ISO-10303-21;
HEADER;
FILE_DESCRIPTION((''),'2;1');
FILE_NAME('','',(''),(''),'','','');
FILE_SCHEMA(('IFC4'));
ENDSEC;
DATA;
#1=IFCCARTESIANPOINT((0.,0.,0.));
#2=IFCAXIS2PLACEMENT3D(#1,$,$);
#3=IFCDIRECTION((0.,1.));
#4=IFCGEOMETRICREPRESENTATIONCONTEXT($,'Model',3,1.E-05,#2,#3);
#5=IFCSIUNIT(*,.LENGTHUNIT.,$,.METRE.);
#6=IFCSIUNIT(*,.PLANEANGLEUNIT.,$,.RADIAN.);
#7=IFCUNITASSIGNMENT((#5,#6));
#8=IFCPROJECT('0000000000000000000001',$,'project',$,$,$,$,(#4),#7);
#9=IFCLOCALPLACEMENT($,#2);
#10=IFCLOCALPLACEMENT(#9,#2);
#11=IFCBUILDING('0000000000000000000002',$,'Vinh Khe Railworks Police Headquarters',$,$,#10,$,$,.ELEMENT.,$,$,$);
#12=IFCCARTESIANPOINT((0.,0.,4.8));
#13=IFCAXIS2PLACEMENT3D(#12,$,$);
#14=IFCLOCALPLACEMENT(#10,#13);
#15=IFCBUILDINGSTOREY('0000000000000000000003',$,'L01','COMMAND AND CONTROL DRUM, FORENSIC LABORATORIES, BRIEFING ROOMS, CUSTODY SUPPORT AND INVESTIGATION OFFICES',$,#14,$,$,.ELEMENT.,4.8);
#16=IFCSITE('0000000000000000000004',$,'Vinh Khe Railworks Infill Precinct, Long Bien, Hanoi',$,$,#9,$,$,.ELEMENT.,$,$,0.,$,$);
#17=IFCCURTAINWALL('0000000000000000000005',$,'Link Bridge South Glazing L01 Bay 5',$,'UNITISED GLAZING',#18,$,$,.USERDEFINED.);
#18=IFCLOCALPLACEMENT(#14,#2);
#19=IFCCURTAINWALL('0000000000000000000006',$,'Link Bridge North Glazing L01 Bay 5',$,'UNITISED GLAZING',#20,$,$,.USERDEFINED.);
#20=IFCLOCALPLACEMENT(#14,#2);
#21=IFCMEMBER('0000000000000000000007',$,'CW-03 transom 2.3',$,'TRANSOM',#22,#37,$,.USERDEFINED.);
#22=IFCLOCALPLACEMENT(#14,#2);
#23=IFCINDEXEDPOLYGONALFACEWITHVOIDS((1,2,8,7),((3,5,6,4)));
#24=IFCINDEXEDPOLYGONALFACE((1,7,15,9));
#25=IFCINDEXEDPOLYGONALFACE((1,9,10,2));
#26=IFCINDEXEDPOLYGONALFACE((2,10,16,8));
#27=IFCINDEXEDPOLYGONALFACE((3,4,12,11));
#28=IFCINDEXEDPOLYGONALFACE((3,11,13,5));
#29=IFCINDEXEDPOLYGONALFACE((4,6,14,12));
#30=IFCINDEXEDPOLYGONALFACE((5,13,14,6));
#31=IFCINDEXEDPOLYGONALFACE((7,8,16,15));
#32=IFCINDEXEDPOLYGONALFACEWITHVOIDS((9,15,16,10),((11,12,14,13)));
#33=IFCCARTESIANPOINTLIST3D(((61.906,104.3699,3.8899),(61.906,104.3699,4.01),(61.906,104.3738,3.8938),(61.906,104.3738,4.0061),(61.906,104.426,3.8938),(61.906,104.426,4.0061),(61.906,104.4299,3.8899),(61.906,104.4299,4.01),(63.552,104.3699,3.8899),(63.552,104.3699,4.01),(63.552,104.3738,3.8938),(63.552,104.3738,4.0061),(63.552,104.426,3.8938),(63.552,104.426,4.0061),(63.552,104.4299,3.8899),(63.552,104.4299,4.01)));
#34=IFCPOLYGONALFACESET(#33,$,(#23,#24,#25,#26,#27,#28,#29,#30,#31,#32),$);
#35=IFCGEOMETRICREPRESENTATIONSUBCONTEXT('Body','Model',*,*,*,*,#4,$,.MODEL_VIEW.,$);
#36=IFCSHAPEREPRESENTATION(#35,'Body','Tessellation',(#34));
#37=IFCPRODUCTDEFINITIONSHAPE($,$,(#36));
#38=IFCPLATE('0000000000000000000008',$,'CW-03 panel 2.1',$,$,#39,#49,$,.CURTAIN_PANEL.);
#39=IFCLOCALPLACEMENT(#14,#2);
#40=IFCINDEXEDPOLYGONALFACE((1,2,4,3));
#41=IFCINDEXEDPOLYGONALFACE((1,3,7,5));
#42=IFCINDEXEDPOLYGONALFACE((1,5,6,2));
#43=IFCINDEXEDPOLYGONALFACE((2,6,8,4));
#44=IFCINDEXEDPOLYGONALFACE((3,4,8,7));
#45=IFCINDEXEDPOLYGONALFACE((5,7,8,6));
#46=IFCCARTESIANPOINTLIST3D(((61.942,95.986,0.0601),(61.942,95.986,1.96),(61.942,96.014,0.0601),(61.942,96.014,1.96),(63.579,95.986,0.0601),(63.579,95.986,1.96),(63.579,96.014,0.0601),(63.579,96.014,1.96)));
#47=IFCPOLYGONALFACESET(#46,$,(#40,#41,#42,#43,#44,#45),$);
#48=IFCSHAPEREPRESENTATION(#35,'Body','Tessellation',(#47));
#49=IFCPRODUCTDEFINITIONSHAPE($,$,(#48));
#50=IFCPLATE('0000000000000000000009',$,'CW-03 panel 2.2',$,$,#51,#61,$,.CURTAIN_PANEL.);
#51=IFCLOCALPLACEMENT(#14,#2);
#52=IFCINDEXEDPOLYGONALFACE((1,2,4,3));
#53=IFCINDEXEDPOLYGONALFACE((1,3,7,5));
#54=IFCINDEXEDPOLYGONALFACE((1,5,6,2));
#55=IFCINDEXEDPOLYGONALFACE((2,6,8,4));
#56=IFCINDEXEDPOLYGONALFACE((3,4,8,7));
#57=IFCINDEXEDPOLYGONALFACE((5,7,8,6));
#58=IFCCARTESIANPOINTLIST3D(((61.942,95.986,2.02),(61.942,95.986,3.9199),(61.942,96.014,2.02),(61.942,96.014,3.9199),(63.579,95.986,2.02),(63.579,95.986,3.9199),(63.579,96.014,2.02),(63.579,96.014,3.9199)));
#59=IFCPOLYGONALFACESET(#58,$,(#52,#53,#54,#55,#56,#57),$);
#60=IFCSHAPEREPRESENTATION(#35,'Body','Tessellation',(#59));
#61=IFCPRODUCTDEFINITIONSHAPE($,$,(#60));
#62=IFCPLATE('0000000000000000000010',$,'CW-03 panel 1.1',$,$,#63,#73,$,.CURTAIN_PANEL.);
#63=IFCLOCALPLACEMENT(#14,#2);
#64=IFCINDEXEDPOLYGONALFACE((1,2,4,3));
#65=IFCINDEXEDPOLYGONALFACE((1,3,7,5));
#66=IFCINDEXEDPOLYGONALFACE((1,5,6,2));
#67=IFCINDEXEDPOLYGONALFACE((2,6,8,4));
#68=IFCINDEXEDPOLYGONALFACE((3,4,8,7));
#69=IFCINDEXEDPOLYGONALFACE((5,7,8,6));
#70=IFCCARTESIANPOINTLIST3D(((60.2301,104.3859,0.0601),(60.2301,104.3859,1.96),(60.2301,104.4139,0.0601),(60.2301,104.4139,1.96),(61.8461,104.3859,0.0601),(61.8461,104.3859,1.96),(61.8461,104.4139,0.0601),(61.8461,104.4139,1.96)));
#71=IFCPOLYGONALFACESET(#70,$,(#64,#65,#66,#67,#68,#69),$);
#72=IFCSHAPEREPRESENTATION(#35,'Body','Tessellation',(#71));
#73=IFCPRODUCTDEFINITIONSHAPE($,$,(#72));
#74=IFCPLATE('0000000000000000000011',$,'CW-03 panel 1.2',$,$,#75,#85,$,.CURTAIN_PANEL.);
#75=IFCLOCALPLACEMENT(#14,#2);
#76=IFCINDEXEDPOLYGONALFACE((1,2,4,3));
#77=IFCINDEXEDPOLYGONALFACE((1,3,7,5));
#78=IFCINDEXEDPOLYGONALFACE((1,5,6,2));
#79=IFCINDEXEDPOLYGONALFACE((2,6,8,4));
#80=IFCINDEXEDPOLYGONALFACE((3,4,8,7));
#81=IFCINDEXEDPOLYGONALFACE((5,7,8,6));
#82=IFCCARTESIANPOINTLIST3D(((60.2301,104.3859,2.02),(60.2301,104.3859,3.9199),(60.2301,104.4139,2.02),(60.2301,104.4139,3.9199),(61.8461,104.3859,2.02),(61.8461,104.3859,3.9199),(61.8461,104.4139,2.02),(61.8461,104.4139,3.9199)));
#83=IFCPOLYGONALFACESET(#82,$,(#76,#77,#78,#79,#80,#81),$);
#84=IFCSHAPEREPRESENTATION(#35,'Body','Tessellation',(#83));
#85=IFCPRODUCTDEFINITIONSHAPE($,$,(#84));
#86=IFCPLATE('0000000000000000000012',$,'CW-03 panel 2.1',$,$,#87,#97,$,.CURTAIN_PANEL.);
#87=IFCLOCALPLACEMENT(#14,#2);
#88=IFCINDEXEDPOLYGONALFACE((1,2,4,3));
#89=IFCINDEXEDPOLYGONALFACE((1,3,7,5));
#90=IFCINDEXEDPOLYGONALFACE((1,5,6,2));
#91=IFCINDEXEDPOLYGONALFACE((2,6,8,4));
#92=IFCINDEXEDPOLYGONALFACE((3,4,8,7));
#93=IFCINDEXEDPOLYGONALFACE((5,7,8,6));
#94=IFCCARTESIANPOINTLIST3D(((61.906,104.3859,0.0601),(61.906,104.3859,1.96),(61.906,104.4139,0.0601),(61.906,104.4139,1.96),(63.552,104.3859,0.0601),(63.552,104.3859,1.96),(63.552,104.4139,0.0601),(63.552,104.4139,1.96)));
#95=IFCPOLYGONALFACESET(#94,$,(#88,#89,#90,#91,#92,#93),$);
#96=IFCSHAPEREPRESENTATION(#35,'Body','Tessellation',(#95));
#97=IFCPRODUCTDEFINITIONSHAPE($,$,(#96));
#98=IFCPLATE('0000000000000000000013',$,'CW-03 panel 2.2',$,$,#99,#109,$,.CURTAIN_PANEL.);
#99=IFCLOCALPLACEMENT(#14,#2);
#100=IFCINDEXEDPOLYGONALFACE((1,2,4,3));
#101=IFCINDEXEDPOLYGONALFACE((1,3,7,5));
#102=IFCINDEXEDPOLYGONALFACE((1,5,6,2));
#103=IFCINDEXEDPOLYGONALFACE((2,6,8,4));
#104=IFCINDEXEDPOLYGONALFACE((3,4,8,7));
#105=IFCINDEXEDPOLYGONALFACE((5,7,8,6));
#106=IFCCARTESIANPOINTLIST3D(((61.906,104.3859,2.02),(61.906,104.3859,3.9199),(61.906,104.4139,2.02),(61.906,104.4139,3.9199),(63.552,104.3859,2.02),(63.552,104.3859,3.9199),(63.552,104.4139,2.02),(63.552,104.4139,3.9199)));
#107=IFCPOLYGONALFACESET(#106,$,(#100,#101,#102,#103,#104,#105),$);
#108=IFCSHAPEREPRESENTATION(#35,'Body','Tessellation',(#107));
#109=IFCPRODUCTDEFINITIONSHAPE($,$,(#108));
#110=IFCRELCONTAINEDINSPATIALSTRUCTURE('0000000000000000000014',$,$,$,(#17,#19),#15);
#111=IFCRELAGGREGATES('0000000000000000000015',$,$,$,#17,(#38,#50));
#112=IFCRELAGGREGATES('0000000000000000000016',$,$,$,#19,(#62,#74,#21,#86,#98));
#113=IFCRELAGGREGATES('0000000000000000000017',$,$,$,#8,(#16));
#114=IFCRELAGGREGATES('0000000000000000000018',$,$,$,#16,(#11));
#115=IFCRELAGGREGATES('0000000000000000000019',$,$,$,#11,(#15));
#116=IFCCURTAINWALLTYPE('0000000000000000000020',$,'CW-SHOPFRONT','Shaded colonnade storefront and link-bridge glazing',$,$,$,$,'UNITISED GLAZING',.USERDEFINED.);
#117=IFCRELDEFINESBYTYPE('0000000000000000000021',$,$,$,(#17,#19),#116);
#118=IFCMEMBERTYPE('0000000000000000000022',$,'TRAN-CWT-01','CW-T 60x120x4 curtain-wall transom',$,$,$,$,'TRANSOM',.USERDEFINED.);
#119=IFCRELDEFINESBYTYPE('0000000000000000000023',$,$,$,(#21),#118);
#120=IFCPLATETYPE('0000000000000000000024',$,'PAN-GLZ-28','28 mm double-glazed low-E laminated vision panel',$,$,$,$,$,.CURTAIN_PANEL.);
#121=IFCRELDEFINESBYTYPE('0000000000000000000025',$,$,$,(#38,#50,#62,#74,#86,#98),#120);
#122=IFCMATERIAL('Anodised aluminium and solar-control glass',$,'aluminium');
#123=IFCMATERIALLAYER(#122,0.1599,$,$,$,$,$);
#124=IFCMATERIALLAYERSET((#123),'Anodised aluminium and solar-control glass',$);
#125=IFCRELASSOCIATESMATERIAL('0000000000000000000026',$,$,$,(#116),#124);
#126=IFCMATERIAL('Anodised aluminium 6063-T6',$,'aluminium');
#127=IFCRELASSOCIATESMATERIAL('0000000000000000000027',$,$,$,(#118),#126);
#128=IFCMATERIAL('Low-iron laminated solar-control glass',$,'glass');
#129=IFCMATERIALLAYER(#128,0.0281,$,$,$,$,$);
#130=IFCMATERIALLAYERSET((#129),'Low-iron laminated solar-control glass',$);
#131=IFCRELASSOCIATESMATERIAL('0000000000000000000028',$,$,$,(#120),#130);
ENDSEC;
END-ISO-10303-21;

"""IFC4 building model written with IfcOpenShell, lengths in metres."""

from ifc_helpers import new_model, si_unit, direction, frame, origin, origin_2d, place, context, subcontext, project, spatial, rectangle, hollow_rectangle, extrude, material, layer, layer_set, material_profile, profile_set, type_object, element, aggregate, save


model = new_model("IFC4")

# Units and contexts
model_context = context("Model", 3, precision=1e-05, world=origin(), true_north=direction((0.0, 1.0)))
body_context = subcontext(model_context, "Body", "Model", "MODEL_VIEW")
ifc_project = project(units=[si_unit("LENGTHUNIT", "METRE"), si_unit("PLANEANGLEUNIT", "RADIAN")], contexts=[model_context])

# Site, building, storey
site_placement = place(None, origin())
site = spatial("IfcSite", under=ifc_project, at=site_placement, Name="Vinh Khe Railworks Infill Precinct, Long Bien, Hanoi", CompositionType="ELEMENT", RefElevation=0.0)
building_placement = place(site_placement, origin())
building = spatial("IfcBuilding", under=site, at=building_placement, Name="Vinh Khe Railworks Police Headquarters", CompositionType="ELEMENT")
storey_placement = place(building_placement, frame((0.0, 0.0, 4.8)))
storey = spatial("IfcBuildingStorey", under=building, at=storey_placement, Name="L01", Description="COMMAND AND CONTROL DRUM, FORENSIC LABORATORIES, BRIEFING ROOMS, CUSTODY SUPPORT AND INVESTIGATION OFFICES", CompositionType="ELEMENT", Elevation=4.8)

# Curtain wall
ifc_material_1 = material(Name="Anodised aluminium and solar-control glass", Category="aluminium")
ifc_layer_1 = layer(ifc_material_1, 0.1599)
ifc_layer_set_1 = layer_set([ifc_layer_1], Name="Anodised aluminium and solar-control glass")
curtain_wall_type = type_object("IfcCurtainWallType", Name="CW-SHOPFRONT", Description="Shaded colonnade storefront and link-bridge glazing", ElementType="UNITISED GLAZING", PredefinedType="USERDEFINED", material=ifc_layer_set_1)
ifc_material_2 = material(Name="Anodised aluminium 6063-T6", Category="aluminium")
curtain_wall_1_placement = place(storey_placement, origin())
curtain_wall_1 = element("IfcCurtainWall", 1, at=curtain_wall_1_placement, inside=storey, type_object=curtain_wall_type, Name="Link Bridge South Glazing L01 Bay 5", ObjectType="UNITISED GLAZING", PredefinedType="USERDEFINED")

# Curtain wall
curtain_wall_2_placement = place(storey_placement, origin())
curtain_wall_2 = element("IfcCurtainWall", 2, at=curtain_wall_2_placement, inside=storey, type_object=curtain_wall_type, Name="Link Bridge North Glazing L01 Bay 5", ObjectType="UNITISED GLAZING", PredefinedType="USERDEFINED")

# Member
ifc_material_profile_1 = material_profile(ifc_material_2, hollow_rectangle(XDim=0.0601, YDim=0.1201, WallThickness=0.0039, at=origin_2d()), Name="CW-T 60x120x4")
ifc_profile_set_1 = profile_set([ifc_material_profile_1], Name="Anodised aluminium 6063-T6")
member_type_1 = type_object("IfcMemberType", Name="TRAN-CWT-01", Description="CW-T 60x120x4 curtain-wall transom", ElementType="TRANSOM", PredefinedType="USERDEFINED", material=ifc_profile_set_1)
member_1_placement = place(storey_placement, frame((61.906, 104.3999, 3.95), z_axis=(1.0, 0.0, 0.0), x_axis=(0.0, 1.0, 0.0)))
member_1 = element("IfcMember", 3, at=member_1_placement, type_object=member_type_1, Name="CW-03 transom 2.3", ObjectType="TRANSOM", PredefinedType="USERDEFINED", context=body_context, shape_type="SweptSolid", body=[
    extrude(hollow_rectangle(XDim=0.0601, YDim=0.1201, WallThickness=0.0039, at=origin_2d()), origin(), (0.0, 0.0, 1.0), 1.646),
])

# Plates
ifc_material_3 = material(Name="Low-iron laminated solar-control glass", Category="glass")
ifc_layer_2 = layer(ifc_material_3, 0.0281)
ifc_layer_set_2 = layer_set([ifc_layer_2], Name="Low-iron laminated solar-control glass")
plate_type = type_object("IfcPlateType", Name="PAN-GLZ-28", Description="28 mm double-glazed low-E laminated vision panel", PredefinedType="CURTAIN_PANEL", material=ifc_layer_set_2)
plate_1_placement = place(storey_placement, frame((62.7605, 96.0, 0.0601), z_axis=(0.0, 0.0, 1.0), x_axis=(1.0, 0.0, 0.0)))
plate_1 = element("IfcPlate", 4, at=plate_1_placement, type_object=plate_type, Name="CW-03 panel 2.1", PredefinedType="CURTAIN_PANEL", context=body_context, shape_type="SweptSolid", body=[
    extrude(rectangle(XDim=1.637, YDim=0.0281, at=origin_2d()), origin(), (0.0, 0.0, 1.0), 1.8999),
])
plate_2_placement = place(storey_placement, frame((62.7605, 96.0, 2.02), z_axis=(0.0, 0.0, 1.0), x_axis=(1.0, 0.0, 0.0)))
plate_2 = element("IfcPlate", 5, at=plate_2_placement, type_object=plate_type, Name="CW-03 panel 2.2", PredefinedType="CURTAIN_PANEL", context=body_context, shape_type="SweptSolid", body=[
    extrude(rectangle(XDim=1.637, YDim=0.0281, at=origin_2d()), origin(), (0.0, 0.0, 1.0), 1.8999),
])
aggregate(curtain_wall_1, [plate_1, plate_2])
plate_3_placement = place(storey_placement, frame((61.0381, 104.3999, 0.0601), z_axis=(0.0, 0.0, 1.0), x_axis=(1.0, 0.0, 0.0)))
plate_3 = element("IfcPlate", 6, at=plate_3_placement, type_object=plate_type, Name="CW-03 panel 1.1", PredefinedType="CURTAIN_PANEL", context=body_context, shape_type="SweptSolid", body=[
    extrude(rectangle(XDim=1.616, YDim=0.0281, at=origin_2d()), origin(), (0.0, 0.0, 1.0), 1.8999),
])
plate_4_placement = place(storey_placement, frame((61.0381, 104.3999, 2.02), z_axis=(0.0, 0.0, 1.0), x_axis=(1.0, 0.0, 0.0)))
plate_4 = element("IfcPlate", 7, at=plate_4_placement, type_object=plate_type, Name="CW-03 panel 1.2", PredefinedType="CURTAIN_PANEL", context=body_context, shape_type="SweptSolid", body=[
    extrude(rectangle(XDim=1.616, YDim=0.0281, at=origin_2d()), origin(), (0.0, 0.0, 1.0), 1.8999),
])
plate_5_placement = place(storey_placement, frame((62.729, 104.3999, 0.0601), z_axis=(0.0, 0.0, 1.0), x_axis=(1.0, 0.0, 0.0)))
plate_5 = element("IfcPlate", 8, at=plate_5_placement, type_object=plate_type, Name="CW-03 panel 2.1", PredefinedType="CURTAIN_PANEL", context=body_context, shape_type="SweptSolid", body=[
    extrude(rectangle(XDim=1.646, YDim=0.0281, at=origin_2d()), origin(), (0.0, 0.0, 1.0), 1.8999),
])
plate_6_placement = place(storey_placement, frame((62.729, 104.3999, 2.02), z_axis=(0.0, 0.0, 1.0), x_axis=(1.0, 0.0, 0.0)))
plate_6 = element("IfcPlate", 9, at=plate_6_placement, type_object=plate_type, Name="CW-03 panel 2.2", PredefinedType="CURTAIN_PANEL", context=body_context, shape_type="SweptSolid", body=[
    extrude(rectangle(XDim=1.646, YDim=0.0281, at=origin_2d()), origin(), (0.0, 0.0, 1.0), 1.8999),
])
aggregate(curtain_wall_2, [plate_3, plate_4, member_1, plate_5, plate_6])

save(model, "model.ifc")
